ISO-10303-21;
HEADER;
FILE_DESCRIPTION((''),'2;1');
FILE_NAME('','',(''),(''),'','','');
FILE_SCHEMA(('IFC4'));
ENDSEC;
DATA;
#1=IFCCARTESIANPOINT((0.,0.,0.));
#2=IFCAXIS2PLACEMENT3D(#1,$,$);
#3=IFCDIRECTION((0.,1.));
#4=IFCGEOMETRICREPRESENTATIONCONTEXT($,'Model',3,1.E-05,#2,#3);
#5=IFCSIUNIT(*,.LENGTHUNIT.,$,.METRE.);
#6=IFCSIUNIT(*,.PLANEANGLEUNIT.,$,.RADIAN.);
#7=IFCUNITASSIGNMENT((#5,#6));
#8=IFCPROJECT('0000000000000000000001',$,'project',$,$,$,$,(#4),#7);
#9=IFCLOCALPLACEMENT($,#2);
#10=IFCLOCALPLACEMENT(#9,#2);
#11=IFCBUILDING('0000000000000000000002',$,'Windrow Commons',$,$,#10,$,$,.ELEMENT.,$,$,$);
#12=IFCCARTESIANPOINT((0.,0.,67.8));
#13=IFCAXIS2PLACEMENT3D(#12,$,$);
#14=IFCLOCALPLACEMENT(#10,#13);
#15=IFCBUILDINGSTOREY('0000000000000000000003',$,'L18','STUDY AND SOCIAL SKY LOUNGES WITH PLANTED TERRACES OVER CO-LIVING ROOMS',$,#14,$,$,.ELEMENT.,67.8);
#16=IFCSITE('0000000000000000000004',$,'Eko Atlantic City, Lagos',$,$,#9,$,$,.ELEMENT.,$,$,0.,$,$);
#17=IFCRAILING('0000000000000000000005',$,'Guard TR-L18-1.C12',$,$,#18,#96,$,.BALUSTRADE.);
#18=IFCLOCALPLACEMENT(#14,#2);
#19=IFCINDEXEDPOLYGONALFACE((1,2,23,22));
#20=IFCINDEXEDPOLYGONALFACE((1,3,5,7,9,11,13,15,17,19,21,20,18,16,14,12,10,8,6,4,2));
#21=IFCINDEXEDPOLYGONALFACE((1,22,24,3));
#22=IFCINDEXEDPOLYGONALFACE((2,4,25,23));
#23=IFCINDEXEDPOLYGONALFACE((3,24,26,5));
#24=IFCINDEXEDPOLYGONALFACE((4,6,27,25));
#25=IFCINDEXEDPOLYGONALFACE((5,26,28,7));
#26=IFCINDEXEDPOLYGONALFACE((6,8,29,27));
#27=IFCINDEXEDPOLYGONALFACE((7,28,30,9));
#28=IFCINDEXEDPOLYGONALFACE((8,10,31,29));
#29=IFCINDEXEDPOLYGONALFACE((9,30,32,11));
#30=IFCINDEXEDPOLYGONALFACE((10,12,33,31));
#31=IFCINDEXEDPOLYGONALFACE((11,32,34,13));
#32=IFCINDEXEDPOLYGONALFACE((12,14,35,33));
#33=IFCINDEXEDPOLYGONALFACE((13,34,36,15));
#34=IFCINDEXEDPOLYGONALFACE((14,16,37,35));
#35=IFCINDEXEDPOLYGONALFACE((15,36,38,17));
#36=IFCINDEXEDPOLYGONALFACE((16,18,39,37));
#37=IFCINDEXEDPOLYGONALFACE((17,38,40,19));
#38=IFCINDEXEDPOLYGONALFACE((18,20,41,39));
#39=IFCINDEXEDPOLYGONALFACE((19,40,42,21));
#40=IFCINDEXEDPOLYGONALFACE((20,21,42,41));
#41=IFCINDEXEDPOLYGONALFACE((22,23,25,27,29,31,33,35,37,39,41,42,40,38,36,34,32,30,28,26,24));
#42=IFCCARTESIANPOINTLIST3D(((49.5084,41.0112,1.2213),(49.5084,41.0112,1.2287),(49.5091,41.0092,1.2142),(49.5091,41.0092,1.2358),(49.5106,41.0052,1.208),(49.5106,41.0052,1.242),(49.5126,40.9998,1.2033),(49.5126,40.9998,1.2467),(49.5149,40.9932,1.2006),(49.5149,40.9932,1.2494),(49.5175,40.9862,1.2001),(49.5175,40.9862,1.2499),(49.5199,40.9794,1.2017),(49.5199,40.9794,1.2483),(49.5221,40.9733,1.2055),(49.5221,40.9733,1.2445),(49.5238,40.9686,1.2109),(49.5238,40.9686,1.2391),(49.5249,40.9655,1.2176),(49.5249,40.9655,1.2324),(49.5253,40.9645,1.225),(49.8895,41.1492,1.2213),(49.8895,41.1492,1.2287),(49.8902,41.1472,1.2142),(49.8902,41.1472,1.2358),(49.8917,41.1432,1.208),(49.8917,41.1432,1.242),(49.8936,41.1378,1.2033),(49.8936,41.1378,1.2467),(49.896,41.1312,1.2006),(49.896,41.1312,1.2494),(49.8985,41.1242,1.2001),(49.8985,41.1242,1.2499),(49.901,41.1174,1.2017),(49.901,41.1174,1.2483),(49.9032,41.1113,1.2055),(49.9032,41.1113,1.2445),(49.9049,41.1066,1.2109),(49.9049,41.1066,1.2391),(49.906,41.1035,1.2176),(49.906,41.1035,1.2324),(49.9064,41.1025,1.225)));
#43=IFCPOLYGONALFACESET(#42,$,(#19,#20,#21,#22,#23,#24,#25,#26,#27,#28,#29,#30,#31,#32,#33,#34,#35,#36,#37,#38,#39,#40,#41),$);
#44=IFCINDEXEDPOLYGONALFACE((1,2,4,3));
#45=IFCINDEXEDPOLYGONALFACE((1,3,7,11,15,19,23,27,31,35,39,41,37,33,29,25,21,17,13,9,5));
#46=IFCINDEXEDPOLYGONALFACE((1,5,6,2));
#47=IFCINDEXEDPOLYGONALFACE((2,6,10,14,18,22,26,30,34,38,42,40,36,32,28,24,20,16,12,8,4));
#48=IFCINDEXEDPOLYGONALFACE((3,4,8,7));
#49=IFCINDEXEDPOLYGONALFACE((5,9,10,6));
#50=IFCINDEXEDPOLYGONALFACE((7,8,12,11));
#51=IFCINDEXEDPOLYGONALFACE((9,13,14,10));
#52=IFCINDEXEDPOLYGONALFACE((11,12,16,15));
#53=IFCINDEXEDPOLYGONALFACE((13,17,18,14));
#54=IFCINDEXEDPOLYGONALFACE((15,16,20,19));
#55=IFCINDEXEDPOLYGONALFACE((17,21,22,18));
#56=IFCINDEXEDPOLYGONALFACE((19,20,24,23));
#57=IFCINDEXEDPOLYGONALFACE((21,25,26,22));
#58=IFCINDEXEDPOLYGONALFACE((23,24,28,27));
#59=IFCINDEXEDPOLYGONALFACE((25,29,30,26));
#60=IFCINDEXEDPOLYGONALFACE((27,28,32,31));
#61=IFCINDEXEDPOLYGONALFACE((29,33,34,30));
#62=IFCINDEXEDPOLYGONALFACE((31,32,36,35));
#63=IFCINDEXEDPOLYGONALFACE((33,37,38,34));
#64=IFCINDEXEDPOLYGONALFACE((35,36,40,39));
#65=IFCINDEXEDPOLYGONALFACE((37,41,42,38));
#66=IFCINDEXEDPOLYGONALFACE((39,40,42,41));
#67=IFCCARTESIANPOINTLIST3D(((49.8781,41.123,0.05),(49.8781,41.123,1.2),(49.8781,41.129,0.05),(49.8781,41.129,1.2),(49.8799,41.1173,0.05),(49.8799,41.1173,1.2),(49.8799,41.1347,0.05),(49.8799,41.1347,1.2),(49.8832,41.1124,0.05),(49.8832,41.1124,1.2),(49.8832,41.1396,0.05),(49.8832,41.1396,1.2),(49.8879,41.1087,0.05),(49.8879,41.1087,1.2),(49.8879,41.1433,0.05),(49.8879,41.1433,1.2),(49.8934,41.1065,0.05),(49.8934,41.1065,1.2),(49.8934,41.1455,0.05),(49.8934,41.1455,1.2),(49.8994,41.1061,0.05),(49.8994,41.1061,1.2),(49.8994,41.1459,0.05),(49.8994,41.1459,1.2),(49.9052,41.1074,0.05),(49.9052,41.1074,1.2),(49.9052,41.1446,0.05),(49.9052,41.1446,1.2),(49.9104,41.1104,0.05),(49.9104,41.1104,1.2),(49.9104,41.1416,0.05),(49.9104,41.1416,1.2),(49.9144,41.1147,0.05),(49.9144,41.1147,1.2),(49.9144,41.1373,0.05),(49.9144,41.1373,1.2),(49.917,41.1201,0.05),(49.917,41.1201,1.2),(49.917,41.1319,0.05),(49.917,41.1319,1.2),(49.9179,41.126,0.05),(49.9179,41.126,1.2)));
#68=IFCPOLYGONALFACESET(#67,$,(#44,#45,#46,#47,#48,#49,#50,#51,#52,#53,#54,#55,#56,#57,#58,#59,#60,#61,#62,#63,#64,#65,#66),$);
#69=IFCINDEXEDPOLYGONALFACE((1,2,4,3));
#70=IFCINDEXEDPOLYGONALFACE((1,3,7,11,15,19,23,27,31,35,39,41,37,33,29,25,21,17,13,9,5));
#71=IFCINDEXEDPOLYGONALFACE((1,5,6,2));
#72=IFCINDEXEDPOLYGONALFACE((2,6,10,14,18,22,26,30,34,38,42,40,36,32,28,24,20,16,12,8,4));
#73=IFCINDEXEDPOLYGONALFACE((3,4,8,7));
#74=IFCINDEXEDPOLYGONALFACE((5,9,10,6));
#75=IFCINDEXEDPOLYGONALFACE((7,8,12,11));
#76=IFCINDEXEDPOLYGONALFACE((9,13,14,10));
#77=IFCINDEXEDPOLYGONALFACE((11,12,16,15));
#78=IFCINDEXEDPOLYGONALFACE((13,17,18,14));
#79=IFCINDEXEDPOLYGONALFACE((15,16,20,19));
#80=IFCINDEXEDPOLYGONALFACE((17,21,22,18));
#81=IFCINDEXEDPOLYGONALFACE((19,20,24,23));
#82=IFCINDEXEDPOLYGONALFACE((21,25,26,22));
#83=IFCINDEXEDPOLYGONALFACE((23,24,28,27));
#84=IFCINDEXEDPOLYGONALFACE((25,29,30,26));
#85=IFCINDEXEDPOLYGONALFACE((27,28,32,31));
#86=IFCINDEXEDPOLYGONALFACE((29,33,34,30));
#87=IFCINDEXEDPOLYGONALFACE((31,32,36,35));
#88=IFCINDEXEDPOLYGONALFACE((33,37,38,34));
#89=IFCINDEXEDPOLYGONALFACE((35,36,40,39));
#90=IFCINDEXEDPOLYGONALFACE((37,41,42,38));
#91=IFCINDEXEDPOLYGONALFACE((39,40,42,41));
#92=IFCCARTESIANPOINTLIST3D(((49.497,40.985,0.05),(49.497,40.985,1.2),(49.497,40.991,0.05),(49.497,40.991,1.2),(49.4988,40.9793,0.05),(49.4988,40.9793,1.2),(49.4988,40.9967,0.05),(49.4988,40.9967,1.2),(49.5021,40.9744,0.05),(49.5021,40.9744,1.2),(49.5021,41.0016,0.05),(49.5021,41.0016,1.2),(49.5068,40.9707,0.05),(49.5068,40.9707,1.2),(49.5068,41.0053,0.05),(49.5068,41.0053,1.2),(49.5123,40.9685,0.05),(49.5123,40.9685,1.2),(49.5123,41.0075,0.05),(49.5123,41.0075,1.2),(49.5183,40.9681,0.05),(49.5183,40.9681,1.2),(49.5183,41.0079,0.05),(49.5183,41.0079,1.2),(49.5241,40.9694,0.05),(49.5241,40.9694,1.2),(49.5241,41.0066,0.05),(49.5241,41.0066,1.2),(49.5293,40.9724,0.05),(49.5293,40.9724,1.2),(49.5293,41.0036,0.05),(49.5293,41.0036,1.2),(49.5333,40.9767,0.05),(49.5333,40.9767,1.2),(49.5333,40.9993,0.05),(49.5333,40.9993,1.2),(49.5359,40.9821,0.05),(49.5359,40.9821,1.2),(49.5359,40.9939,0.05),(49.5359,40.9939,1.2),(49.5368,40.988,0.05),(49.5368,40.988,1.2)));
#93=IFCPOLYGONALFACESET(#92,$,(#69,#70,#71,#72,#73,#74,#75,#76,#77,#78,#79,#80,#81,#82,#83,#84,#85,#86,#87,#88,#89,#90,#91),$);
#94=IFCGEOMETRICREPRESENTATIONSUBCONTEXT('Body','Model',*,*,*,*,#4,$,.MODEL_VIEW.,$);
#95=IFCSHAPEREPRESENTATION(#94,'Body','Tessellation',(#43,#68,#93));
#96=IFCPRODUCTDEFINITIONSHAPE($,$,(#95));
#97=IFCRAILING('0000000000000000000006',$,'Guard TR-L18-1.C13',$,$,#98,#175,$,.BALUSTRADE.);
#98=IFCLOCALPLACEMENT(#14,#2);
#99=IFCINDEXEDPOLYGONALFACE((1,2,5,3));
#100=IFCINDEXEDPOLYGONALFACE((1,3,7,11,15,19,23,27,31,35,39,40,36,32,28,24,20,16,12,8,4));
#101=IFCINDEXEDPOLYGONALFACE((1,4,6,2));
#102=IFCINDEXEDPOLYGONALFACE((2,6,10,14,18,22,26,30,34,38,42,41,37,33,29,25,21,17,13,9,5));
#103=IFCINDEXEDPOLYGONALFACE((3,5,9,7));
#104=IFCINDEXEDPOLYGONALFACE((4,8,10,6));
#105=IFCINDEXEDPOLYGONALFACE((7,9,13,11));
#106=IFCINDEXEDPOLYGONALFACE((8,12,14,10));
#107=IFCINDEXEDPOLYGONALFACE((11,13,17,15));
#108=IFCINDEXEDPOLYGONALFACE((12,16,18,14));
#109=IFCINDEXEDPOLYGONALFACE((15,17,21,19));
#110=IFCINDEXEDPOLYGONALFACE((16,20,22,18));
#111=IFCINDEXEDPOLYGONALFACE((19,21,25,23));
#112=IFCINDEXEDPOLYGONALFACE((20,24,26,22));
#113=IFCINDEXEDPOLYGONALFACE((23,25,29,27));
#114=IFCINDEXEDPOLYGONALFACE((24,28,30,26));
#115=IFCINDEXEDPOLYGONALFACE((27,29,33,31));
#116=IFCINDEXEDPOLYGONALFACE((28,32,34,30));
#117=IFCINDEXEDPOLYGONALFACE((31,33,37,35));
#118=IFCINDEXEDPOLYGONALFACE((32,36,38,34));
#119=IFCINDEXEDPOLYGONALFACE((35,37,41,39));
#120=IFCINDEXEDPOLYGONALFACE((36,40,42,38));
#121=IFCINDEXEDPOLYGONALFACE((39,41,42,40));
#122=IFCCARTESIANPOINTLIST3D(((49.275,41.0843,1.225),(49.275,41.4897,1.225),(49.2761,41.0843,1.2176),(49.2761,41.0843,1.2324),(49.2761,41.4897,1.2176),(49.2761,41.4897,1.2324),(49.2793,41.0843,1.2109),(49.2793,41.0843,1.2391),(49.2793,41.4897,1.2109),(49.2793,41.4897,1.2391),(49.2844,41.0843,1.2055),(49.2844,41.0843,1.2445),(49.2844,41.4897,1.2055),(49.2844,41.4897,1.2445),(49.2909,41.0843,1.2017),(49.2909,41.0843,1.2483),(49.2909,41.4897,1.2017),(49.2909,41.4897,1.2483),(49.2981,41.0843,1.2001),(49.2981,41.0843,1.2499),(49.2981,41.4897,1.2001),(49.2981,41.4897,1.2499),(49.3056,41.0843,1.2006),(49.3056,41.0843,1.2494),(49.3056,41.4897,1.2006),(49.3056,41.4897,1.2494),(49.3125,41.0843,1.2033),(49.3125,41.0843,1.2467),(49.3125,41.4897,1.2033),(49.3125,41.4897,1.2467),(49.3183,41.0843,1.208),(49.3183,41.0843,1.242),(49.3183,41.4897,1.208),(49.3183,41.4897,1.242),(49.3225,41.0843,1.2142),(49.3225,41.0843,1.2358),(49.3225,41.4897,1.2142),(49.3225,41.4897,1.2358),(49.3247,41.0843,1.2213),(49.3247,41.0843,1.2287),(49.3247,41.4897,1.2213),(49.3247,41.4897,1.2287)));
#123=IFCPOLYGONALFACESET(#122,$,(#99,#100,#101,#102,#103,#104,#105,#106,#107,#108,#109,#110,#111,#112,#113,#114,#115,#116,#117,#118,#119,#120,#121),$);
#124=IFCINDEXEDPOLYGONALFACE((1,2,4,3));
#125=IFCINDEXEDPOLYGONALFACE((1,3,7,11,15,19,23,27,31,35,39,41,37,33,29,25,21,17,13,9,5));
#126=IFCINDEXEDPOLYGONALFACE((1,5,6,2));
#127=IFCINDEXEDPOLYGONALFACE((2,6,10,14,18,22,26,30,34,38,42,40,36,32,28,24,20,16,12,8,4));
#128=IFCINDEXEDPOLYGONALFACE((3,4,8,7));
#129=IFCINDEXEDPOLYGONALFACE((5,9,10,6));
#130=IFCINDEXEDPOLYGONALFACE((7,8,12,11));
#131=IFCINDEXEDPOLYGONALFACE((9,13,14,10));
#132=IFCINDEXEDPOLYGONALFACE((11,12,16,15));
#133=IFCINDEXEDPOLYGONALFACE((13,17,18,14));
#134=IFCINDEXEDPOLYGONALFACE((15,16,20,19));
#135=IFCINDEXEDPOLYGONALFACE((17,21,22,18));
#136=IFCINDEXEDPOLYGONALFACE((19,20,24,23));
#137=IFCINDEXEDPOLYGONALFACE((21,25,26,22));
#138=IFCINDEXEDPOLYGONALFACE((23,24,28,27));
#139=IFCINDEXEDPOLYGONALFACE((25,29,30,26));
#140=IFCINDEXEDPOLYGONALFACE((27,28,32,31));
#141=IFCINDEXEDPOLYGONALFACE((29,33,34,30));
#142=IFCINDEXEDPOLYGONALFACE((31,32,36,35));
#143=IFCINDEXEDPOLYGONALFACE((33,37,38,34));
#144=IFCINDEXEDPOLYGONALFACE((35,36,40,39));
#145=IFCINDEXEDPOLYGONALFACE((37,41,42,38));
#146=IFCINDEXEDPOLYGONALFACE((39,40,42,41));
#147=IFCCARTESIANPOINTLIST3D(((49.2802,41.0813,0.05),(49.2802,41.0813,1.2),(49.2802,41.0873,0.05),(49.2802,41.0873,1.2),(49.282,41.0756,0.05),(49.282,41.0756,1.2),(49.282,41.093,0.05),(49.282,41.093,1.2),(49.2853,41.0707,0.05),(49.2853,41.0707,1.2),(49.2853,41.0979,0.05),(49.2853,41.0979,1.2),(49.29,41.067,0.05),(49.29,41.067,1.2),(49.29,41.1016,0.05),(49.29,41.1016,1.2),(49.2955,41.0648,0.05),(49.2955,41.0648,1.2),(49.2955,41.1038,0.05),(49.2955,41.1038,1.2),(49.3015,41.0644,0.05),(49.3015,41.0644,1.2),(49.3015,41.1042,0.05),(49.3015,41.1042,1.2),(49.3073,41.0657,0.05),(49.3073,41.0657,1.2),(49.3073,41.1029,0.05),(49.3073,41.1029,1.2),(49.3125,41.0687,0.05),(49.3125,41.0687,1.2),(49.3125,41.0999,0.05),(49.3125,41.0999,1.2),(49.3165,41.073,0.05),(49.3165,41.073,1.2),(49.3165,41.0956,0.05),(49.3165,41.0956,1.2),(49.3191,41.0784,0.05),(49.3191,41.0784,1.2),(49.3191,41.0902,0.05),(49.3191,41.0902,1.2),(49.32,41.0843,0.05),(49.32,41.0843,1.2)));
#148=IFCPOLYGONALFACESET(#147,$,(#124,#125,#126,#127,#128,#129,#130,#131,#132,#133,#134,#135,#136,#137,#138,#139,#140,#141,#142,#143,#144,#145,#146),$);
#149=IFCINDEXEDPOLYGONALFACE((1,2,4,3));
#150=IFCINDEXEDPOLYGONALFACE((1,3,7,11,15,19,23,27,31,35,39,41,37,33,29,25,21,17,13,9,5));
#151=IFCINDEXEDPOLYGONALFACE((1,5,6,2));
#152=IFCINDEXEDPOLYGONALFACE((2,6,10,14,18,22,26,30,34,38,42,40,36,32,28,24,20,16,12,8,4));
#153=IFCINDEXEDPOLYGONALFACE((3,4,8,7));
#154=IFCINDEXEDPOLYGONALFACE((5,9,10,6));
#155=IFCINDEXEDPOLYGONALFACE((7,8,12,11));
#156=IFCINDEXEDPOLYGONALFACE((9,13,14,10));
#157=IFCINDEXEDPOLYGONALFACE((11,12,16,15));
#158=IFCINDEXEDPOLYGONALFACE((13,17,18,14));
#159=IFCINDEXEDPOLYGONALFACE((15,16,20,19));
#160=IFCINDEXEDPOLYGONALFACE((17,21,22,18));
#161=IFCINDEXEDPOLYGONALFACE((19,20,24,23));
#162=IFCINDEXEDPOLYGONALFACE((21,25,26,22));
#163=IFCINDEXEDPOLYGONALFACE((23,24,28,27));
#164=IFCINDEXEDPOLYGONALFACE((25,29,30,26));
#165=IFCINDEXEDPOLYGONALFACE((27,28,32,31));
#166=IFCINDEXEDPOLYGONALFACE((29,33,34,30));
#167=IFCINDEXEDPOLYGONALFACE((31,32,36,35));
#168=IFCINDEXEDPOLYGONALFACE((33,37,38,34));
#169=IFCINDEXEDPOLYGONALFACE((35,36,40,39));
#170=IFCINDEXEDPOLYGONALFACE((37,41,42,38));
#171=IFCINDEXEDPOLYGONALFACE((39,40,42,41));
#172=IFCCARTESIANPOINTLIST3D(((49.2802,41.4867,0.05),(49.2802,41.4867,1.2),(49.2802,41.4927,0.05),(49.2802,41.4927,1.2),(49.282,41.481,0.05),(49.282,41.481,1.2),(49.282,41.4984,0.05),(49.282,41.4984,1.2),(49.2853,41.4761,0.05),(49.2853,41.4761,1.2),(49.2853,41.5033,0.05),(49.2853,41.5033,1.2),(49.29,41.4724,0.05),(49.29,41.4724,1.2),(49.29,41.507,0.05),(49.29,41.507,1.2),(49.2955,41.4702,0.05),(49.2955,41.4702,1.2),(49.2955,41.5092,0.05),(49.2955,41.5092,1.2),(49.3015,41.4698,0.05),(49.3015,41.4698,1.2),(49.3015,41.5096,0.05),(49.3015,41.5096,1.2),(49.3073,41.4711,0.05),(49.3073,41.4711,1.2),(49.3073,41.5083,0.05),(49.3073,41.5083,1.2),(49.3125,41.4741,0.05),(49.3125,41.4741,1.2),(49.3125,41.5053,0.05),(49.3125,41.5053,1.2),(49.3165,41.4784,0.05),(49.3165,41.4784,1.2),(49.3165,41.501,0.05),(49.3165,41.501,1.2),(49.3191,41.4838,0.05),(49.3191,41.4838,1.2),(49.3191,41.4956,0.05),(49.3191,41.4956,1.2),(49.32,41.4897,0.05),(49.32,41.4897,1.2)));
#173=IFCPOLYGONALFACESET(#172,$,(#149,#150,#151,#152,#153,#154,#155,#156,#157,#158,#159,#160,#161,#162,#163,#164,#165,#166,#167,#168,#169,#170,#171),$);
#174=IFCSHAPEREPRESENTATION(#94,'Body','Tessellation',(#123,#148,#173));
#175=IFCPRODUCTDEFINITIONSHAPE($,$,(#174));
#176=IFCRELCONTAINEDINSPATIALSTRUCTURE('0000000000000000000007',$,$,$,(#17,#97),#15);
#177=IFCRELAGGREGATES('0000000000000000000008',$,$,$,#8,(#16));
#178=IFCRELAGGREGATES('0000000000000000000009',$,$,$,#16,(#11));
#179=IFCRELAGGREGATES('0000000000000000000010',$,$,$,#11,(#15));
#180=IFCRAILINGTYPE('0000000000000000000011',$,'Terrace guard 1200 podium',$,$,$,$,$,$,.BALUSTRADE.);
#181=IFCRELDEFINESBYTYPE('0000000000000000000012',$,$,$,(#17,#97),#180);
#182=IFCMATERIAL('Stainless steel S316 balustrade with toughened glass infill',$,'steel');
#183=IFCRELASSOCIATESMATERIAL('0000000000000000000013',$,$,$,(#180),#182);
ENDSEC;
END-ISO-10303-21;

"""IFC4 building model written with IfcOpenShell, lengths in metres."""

from ifc_helpers import new_model, si_unit, direction, frame, origin, origin_2d, place, context, subcontext, project, spatial, circle, extrude, material, type_object, element, save


model = new_model("IFC4")

# Units and contexts
model_context = context("Model", 3, precision=1e-05, world=origin(), true_north=direction((0.0, 1.0)))
body_context = subcontext(model_context, "Body", "Model", "MODEL_VIEW")
ifc_project = project(units=[si_unit("LENGTHUNIT", "METRE"), si_unit("PLANEANGLEUNIT", "RADIAN")], contexts=[model_context])

# Site, building, storey
site_placement = place(None, origin())
building_placement = place(site_placement, origin())
storey_placement = place(building_placement, frame((0.0, 0.0, 67.8)))
site = spatial("IfcSite", under=ifc_project, at=site_placement, Name="Eko Atlantic City, Lagos", CompositionType="ELEMENT", RefElevation=0.0)
building = spatial("IfcBuilding", under=site, at=building_placement, Name="Windrow Commons", CompositionType="ELEMENT")
storey = spatial("IfcBuildingStorey", under=building, at=storey_placement, Name="L18", Description="STUDY AND SOCIAL SKY LOUNGES WITH PLANTED TERRACES OVER CO-LIVING ROOMS", CompositionType="ELEMENT", Elevation=67.8)

# Railings
ifc_material_1 = material(Name="Stainless steel S316 balustrade with toughened glass infill", Category="steel")
railing_type = type_object("IfcRailingType", Name="Terrace guard 1200 podium", PredefinedType="BALUSTRADE", material=ifc_material_1)
railing_1_placement = place(storey_placement, frame((49.8979, 41.126, 0.05)))
element("IfcRailing", 1, at=railing_1_placement, inside=storey, type_object=railing_type, Name="Guard TR-L18-1.C12", PredefinedType="BALUSTRADE", context=body_context, shape_type="SweptSolid", body=[
    extrude(circle(Radius=0.025, at=origin_2d()), frame((0.0, 0.0, 1.175), z_axis=(-0.940254, -0.340475, 0.0), x_axis=(0.340475, -0.940254, 0.0)), (0.0, 0.0, 1.0), 0.4053),
    extrude(circle(Radius=0.02, at=origin_2d()), origin(), (0.0, 0.0, 1.0), 1.15),
    extrude(circle(Radius=0.02, at=origin_2d()), frame((-0.3811, -0.138, 0.0)), (0.0, 0.0, 1.0), 1.15),
])
railing_2_placement = place(storey_placement, frame((49.3, 41.0843, 0.05)))
element("IfcRailing", 2, at=railing_2_placement, inside=storey, type_object=railing_type, Name="Guard TR-L18-1.C13", PredefinedType="BALUSTRADE", context=body_context, shape_type="SweptSolid", body=[
    extrude(circle(Radius=0.025, at=origin_2d()), frame((0.0, 0.0, 1.175), z_axis=(0.0, 1.0, 0.0), x_axis=(-1.0, 0.0, 0.0)), (0.0, 0.0, 1.0), 0.4054),
    extrude(circle(Radius=0.02, at=origin_2d()), origin(), (0.0, 0.0, 1.0), 1.15),
    extrude(circle(Radius=0.02, at=origin_2d()), frame((0.0, 0.4054, 0.0)), (0.0, 0.0, 1.0), 1.15),
])

save(model, "model.ifc")
